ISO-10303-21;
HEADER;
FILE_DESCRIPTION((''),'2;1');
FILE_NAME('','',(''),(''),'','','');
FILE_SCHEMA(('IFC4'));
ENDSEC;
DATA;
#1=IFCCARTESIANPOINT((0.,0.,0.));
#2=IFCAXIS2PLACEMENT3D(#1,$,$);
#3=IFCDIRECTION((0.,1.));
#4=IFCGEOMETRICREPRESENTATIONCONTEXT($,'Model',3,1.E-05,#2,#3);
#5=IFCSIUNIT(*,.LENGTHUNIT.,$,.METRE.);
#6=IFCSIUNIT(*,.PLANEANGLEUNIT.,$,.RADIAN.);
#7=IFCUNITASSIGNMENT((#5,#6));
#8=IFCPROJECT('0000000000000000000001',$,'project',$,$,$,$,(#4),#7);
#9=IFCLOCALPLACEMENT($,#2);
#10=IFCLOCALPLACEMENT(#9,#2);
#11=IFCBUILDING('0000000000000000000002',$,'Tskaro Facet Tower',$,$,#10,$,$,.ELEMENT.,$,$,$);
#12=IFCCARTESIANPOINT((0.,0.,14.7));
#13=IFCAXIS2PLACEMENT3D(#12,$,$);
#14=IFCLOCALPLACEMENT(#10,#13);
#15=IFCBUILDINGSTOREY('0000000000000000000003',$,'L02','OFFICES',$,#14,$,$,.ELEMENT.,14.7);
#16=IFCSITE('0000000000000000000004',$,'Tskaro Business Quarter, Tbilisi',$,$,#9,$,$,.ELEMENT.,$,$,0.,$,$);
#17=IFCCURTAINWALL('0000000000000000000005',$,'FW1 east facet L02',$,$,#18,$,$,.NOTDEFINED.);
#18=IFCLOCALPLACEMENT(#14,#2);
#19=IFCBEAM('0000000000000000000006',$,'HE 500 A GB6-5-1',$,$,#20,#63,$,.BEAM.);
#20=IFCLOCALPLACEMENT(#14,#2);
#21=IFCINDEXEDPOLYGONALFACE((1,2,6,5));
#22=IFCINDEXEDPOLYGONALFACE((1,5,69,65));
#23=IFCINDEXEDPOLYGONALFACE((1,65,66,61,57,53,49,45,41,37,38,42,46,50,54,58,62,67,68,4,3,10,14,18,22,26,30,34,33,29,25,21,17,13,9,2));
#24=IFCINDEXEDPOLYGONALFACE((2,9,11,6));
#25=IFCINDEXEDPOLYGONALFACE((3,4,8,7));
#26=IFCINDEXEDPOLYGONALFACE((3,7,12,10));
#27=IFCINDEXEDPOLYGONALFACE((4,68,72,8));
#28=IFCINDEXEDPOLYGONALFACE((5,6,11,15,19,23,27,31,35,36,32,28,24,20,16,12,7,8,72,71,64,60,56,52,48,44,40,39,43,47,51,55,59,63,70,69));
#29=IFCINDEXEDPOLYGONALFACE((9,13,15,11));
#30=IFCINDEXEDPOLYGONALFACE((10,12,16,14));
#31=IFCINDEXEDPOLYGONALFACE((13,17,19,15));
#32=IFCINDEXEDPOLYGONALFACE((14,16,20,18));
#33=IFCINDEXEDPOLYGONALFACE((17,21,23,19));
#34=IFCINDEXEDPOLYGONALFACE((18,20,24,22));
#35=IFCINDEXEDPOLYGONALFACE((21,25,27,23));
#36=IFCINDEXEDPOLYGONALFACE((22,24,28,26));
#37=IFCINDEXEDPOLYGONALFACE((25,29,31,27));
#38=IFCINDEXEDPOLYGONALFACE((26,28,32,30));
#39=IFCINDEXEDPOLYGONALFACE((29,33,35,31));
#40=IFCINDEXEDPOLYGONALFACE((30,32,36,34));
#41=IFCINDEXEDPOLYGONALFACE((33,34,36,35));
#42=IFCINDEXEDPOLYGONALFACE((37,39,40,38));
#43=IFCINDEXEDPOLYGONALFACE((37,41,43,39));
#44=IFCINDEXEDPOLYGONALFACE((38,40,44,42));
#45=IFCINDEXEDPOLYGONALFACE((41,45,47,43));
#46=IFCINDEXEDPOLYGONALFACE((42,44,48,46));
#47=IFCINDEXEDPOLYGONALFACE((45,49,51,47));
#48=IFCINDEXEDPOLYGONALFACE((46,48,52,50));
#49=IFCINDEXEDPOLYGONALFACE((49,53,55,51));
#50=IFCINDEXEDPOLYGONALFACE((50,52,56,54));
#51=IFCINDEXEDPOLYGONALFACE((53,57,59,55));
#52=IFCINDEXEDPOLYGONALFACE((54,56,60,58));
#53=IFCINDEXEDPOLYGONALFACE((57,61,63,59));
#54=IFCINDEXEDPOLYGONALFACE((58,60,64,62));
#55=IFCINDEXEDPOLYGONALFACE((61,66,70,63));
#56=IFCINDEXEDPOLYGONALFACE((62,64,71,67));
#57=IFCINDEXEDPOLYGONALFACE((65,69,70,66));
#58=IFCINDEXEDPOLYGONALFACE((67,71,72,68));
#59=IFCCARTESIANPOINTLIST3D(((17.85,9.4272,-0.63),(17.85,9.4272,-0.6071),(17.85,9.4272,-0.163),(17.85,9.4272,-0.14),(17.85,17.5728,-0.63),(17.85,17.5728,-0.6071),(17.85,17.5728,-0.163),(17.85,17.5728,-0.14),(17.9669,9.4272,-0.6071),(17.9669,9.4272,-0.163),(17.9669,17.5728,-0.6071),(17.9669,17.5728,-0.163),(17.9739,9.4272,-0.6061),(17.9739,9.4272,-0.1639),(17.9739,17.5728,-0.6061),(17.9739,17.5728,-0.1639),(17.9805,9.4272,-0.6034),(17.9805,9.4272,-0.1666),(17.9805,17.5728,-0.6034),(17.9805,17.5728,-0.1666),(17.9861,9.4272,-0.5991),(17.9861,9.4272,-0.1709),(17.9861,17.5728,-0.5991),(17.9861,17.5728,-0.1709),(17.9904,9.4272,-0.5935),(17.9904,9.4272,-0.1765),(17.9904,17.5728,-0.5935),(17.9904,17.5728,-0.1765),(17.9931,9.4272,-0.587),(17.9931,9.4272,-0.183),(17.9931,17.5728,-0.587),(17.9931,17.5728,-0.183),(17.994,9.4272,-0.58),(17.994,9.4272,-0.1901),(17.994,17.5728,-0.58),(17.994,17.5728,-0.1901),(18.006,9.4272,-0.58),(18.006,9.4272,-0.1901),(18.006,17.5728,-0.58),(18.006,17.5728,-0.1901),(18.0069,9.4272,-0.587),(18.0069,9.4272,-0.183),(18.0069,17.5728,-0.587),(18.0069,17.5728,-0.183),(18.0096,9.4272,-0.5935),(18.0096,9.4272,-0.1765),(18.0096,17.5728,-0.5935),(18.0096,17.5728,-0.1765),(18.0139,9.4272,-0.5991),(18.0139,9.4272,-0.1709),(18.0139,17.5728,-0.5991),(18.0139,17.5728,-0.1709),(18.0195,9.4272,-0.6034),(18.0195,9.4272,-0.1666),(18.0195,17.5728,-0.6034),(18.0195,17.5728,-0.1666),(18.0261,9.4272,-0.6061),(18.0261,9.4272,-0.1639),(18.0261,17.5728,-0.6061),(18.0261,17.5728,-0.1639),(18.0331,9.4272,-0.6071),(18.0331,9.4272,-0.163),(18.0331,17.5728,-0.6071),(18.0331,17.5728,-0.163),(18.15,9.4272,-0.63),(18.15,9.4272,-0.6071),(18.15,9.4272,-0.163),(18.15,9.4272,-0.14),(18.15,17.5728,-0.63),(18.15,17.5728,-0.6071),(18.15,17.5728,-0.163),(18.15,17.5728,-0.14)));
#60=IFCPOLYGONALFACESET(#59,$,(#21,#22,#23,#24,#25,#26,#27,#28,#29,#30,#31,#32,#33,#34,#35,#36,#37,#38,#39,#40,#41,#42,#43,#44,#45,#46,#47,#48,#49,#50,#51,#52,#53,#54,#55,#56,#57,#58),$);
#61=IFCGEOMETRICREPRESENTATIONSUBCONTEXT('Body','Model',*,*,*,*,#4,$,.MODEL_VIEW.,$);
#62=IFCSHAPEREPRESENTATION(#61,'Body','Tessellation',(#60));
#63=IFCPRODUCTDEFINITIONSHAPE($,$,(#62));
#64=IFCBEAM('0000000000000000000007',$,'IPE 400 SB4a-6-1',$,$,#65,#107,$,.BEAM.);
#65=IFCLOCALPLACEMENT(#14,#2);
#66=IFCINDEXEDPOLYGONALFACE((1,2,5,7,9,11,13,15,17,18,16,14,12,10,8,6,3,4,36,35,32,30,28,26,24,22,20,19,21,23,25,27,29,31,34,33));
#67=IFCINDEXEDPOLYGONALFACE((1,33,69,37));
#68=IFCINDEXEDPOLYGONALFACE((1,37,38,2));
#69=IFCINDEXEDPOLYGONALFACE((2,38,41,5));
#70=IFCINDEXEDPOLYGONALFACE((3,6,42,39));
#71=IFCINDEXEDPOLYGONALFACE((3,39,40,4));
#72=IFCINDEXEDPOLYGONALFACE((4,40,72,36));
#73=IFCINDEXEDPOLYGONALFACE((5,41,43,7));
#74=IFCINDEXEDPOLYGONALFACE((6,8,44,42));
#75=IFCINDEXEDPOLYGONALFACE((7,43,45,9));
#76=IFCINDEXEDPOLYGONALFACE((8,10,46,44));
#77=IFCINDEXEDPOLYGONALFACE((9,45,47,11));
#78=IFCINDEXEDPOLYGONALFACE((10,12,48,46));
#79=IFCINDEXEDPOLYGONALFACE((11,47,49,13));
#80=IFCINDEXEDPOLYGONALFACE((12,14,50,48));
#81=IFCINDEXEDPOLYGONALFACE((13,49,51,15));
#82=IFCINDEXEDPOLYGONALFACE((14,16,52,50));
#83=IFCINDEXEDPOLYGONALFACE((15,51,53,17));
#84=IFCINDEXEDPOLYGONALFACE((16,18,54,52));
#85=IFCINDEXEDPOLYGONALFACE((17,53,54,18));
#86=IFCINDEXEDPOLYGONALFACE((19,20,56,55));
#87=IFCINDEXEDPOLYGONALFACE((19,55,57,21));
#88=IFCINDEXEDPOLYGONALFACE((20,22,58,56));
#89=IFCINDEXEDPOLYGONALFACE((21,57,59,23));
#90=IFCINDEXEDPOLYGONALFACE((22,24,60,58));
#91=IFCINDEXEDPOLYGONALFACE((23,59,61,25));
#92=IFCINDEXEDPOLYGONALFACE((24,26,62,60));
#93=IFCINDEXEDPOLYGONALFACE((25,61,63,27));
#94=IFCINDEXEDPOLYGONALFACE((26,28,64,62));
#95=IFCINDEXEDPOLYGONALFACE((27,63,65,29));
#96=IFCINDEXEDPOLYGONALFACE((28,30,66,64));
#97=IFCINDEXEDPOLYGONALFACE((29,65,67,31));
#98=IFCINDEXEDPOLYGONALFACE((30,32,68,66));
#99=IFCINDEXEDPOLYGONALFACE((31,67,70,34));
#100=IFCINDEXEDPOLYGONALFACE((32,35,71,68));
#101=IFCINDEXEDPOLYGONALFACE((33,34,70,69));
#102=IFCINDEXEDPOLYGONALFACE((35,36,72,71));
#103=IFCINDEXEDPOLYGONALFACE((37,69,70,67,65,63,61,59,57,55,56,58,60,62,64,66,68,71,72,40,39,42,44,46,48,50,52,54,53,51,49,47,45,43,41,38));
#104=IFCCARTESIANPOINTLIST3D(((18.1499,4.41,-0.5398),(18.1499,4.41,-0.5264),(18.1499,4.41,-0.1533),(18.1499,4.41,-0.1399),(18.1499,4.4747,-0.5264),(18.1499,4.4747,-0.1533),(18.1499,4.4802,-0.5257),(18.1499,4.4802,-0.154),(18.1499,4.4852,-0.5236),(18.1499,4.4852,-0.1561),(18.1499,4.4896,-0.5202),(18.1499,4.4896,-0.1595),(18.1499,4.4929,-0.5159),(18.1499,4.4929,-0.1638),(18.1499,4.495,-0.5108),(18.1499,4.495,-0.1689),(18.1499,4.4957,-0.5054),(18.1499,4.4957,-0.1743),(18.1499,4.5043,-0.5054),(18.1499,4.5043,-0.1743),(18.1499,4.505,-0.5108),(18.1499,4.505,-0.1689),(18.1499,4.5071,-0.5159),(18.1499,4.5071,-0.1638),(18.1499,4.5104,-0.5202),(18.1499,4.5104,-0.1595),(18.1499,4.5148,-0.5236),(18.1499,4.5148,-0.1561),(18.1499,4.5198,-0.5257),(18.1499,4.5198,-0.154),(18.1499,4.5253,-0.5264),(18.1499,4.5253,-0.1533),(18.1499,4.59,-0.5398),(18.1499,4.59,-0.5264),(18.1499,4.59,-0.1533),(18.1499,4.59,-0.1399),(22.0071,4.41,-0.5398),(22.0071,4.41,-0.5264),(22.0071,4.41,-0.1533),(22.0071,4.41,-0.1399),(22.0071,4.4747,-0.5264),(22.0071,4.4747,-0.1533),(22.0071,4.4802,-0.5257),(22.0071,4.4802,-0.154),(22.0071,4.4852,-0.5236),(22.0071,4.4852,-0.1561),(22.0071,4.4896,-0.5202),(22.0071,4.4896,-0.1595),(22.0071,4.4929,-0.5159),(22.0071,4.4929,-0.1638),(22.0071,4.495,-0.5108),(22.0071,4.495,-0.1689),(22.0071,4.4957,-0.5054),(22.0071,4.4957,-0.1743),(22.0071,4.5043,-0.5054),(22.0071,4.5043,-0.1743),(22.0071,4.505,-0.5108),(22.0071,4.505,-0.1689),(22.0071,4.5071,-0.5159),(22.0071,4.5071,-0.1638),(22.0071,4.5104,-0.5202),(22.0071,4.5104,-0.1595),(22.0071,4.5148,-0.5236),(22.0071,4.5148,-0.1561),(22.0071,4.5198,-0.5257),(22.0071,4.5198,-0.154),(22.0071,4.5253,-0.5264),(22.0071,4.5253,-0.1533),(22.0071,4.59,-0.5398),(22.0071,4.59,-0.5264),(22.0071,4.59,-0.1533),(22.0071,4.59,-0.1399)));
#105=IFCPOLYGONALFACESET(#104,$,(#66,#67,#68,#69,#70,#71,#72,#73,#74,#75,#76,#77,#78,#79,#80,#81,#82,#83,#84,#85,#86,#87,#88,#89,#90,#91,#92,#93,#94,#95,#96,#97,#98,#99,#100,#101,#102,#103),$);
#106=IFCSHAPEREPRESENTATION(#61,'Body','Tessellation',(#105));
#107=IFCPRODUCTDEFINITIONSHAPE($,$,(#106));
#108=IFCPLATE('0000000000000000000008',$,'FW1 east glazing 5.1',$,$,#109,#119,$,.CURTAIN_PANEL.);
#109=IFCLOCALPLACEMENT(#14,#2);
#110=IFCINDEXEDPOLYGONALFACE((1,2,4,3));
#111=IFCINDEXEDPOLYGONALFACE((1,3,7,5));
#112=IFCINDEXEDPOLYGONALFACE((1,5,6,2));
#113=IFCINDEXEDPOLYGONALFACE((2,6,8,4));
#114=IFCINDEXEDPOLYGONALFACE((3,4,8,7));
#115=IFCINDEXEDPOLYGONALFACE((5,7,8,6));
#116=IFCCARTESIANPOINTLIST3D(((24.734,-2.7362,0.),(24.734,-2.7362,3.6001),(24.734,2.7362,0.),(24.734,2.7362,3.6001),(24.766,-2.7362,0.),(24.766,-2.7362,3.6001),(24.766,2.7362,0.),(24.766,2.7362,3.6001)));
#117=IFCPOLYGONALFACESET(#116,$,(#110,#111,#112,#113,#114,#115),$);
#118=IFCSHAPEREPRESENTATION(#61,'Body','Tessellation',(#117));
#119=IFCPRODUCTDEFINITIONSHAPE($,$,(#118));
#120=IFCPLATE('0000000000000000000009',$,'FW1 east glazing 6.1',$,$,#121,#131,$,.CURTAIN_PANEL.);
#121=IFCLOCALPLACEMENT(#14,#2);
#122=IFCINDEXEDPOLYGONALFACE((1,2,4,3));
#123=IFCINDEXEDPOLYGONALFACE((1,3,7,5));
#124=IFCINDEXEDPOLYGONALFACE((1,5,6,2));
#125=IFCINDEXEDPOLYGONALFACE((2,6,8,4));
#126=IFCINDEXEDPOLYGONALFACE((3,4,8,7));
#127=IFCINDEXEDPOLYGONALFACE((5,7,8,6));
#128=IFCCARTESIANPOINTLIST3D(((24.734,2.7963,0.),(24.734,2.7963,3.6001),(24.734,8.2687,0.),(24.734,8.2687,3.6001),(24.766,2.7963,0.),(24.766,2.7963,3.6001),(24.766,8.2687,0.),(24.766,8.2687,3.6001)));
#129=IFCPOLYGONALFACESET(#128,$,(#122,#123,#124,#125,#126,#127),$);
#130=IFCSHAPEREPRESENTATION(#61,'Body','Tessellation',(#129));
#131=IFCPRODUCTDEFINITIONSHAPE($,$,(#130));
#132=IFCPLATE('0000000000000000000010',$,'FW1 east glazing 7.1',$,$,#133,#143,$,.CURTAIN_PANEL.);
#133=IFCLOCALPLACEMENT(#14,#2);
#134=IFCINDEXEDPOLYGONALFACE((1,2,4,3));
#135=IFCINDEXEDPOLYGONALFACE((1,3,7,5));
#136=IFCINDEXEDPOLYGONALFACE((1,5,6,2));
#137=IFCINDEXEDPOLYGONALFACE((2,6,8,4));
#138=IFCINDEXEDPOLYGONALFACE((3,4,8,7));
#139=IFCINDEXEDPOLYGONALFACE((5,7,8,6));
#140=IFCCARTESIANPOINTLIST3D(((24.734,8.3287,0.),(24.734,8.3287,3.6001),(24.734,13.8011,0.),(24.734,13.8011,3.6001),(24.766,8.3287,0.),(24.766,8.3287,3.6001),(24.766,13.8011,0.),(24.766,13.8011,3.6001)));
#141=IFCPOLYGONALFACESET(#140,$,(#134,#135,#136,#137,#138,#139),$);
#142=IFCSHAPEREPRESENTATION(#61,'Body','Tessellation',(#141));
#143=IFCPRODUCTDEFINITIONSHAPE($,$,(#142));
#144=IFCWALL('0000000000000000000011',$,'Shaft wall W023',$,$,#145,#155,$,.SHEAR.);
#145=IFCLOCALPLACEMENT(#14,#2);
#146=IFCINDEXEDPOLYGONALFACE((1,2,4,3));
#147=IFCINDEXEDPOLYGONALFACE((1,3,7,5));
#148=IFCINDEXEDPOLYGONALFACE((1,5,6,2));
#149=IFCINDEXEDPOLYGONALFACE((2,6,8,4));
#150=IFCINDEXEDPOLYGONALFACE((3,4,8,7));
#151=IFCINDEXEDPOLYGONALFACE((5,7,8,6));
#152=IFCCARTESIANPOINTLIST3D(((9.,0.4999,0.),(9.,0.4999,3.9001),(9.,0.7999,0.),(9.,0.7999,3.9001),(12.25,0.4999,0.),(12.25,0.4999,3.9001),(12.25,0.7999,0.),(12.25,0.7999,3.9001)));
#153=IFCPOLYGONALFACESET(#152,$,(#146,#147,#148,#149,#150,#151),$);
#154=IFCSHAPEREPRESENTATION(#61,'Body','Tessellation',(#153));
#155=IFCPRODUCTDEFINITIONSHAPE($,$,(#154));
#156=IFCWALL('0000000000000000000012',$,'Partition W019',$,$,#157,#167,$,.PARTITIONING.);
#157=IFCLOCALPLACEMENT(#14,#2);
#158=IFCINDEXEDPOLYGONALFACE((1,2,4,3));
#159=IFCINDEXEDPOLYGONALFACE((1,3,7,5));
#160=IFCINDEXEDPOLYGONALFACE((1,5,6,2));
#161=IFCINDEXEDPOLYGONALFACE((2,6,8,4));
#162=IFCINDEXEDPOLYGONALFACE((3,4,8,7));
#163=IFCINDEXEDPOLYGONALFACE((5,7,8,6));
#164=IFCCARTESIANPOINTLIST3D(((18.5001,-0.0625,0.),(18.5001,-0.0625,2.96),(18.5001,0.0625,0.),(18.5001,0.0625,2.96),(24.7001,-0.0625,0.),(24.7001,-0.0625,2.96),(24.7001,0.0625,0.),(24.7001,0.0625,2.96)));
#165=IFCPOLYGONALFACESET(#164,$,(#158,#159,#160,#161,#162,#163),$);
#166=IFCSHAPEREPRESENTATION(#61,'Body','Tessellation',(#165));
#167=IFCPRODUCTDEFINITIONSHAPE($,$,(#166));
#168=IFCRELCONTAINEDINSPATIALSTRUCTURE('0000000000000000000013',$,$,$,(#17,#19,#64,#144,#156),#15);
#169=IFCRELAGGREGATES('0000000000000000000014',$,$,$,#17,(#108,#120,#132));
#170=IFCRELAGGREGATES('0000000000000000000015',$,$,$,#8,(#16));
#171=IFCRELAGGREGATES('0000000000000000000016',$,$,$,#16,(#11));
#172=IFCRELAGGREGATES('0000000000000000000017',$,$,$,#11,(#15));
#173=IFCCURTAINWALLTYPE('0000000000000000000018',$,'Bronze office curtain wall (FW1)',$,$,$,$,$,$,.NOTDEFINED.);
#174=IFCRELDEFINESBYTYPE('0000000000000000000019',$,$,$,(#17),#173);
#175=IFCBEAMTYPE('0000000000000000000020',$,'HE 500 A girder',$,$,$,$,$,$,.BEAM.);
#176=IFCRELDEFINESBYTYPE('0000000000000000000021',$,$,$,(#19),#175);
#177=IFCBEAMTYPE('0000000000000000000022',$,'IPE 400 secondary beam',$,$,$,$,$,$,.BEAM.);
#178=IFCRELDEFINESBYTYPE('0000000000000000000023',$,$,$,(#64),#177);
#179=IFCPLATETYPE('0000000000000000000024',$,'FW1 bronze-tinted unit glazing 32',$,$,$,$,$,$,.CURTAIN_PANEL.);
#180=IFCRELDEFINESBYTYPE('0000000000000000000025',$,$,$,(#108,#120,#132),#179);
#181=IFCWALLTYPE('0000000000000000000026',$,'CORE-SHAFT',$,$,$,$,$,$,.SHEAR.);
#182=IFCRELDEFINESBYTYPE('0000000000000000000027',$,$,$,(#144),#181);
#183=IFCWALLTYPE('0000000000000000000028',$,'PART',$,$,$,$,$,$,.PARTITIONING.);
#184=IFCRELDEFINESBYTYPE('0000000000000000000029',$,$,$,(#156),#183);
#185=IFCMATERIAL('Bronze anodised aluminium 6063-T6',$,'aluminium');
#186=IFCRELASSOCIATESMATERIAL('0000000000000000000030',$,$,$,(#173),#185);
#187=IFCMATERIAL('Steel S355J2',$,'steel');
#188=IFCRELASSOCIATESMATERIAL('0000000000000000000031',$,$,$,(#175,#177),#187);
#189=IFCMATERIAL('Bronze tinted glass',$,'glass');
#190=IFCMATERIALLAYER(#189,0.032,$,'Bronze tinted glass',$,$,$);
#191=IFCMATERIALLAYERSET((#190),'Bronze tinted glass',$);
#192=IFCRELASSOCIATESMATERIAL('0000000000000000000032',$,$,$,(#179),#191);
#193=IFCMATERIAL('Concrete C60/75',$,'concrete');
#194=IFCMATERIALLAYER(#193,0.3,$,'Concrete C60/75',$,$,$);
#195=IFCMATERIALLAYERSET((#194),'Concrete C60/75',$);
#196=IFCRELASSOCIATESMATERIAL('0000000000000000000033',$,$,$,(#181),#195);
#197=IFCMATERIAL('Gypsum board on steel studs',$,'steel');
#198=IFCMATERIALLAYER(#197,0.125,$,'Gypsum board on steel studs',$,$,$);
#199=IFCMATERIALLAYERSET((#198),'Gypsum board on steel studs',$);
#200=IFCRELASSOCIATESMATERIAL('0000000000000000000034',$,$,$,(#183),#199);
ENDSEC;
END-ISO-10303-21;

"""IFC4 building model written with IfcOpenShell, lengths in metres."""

from ifc_helpers import new_model, si_unit, direction, frame, frame_2d, origin, origin_2d, place, context, subcontext, project, spatial, rectangle, i_section, extrude, material, layer, layer_set, material_profile, profile_set, type_object, element, aggregate, save


model = new_model("IFC4")

# Units and contexts
model_context = context("Model", 3, precision=1e-05, world=origin(), true_north=direction((0.0, 1.0)))
body_context = subcontext(model_context, "Body", "Model", "MODEL_VIEW")
ifc_project = project(units=[si_unit("LENGTHUNIT", "METRE"), si_unit("PLANEANGLEUNIT", "RADIAN")], contexts=[model_context])

# Site, building, storey
site_placement = place(None, origin())
site = spatial("IfcSite", under=ifc_project, at=site_placement, Name="Tskaro Business Quarter, Tbilisi", CompositionType="ELEMENT", RefElevation=0.0)
building_placement = place(site_placement, origin())
building = spatial("IfcBuilding", under=site, at=building_placement, Name="Tskaro Facet Tower", CompositionType="ELEMENT")
storey_placement = place(building_placement, frame((0.0, 0.0, 14.7)))
storey = spatial("IfcBuildingStorey", under=building, at=storey_placement, Name="L02", Description="OFFICES", CompositionType="ELEMENT", Elevation=14.7)

# Curtain wall
ifc_material_1 = material(Name="Bronze anodised aluminium 6063-T6", Category="aluminium")
curtain_wall_type = type_object("IfcCurtainWallType", Name="Bronze office curtain wall (FW1)", PredefinedType="NOTDEFINED", material=ifc_material_1)
curtain_wall_placement = place(storey_placement, origin())
curtain_wall = element("IfcCurtainWall", 1, at=curtain_wall_placement, inside=storey, type_object=curtain_wall_type, Name="FW1 east facet L02", PredefinedType="NOTDEFINED")

# Beams
ifc_material_2 = material(Name="Steel S355J2", Category="steel")
ifc_material_profile_1 = material_profile(ifc_material_2, i_section(OverallWidth=0.3, OverallDepth=0.49, WebThickness=0.012, FlangeThickness=0.0229, FilletRadius=0.0271, at=origin_2d()), Name="HE 500 A")
ifc_profile_set_1 = profile_set([ifc_material_profile_1], Name="Steel S355J2")
beam_type_1 = type_object("IfcBeamType", Name="HE 500 A girder", PredefinedType="BEAM", material=ifc_profile_set_1)
for number, where, z_axis, x_axis, name in (
    (2, (18.0, 9.4272, -0.385), (0.0, 1.0, 0.0), (-1.0, 0.0, 0.0), "HE 500 A GB6-5-1"),
):
    element("IfcBeam", number, at=place(storey_placement, frame(where, z_axis=z_axis, x_axis=x_axis)), inside=storey, type_object=beam_type_1, Name=name, PredefinedType="BEAM", context=body_context, shape_type="SweptSolid", body=[
        extrude(i_section(OverallWidth=0.3, OverallDepth=0.49, WebThickness=0.012, FlangeThickness=0.0229, FilletRadius=0.0271, at=origin_2d()), origin(), (0.0, 0.0, 1.0), 8.1455),
    ])
ifc_material_profile_2 = material_profile(ifc_material_2, i_section(OverallWidth=0.1799, OverallDepth=0.3999, WebThickness=0.0085, FlangeThickness=0.0134, FilletRadius=0.021, at=origin_2d()), Name="IPE 400")
ifc_profile_set_2 = profile_set([ifc_material_profile_2], Name="Steel S355J2")
beam_type_2 = type_object("IfcBeamType", Name="IPE 400 secondary beam", PredefinedType="BEAM", material=ifc_profile_set_2)
beam_placement = place(storey_placement, frame((18.1499, 4.5, -0.3398), z_axis=(1.0, 0.0, 0.0), x_axis=(0.0, 1.0, 0.0)))
element("IfcBeam", 3, at=beam_placement, inside=storey, type_object=beam_type_2, Name="IPE 400 SB4a-6-1", PredefinedType="BEAM", context=body_context, shape_type="SweptSolid", body=[
    extrude(i_section(OverallWidth=0.1799, OverallDepth=0.3999, WebThickness=0.0085, FlangeThickness=0.0134, FilletRadius=0.021, at=origin_2d()), origin(), (0.0, 0.0, 1.0), 3.8572),
])

# Plates
ifc_material_3 = material(Name="Bronze tinted glass", Category="glass")
ifc_layer_1 = layer(ifc_material_3, 0.032, Name="Bronze tinted glass")
ifc_layer_set_1 = layer_set([ifc_layer_1], Name="Bronze tinted glass")
plate_type = type_object("IfcPlateType", Name="FW1 bronze-tinted unit glazing 32", PredefinedType="CURTAIN_PANEL", material=ifc_layer_set_1)
plate_1_placement = place(storey_placement, frame((24.75, 0.0, 0.0), z_axis=(0.0, 0.0, 1.0), x_axis=(0.0, 1.0, 0.0)))
plate_1 = element("IfcPlate", 4, at=plate_1_placement, type_object=plate_type, Name="FW1 east glazing 5.1", PredefinedType="CURTAIN_PANEL", context=body_context, shape_type="SweptSolid", body=[
    extrude(rectangle(XDim=5.4724, YDim=0.032, at=origin_2d()), origin(), (0.0, 0.0, 1.0), 3.6001),
])
plate_2_placement = place(storey_placement, frame((24.75, 5.5325, 0.0), z_axis=(0.0, 0.0, 1.0), x_axis=(0.0, 1.0, 0.0)))
plate_2 = element("IfcPlate", 5, at=plate_2_placement, type_object=plate_type, Name="FW1 east glazing 6.1", PredefinedType="CURTAIN_PANEL", context=body_context, shape_type="SweptSolid", body=[
    extrude(rectangle(XDim=5.4724, YDim=0.032, at=origin_2d()), origin(), (0.0, 0.0, 1.0), 3.6001),
])
plate_3_placement = place(storey_placement, frame((24.75, 11.0649, 0.0), z_axis=(0.0, 0.0, 1.0), x_axis=(0.0, 1.0, 0.0)))
plate_3 = element("IfcPlate", 6, at=plate_3_placement, type_object=plate_type, Name="FW1 east glazing 7.1", PredefinedType="CURTAIN_PANEL", context=body_context, shape_type="SweptSolid", body=[
    extrude(rectangle(XDim=5.4724, YDim=0.032, at=origin_2d()), origin(), (0.0, 0.0, 1.0), 3.6001),
])
aggregate(curtain_wall, [plate_1, plate_2, plate_3])

# Walls
ifc_material_4 = material(Name="Concrete C60/75", Category="concrete")
ifc_layer_2 = layer(ifc_material_4, 0.3, Name="Concrete C60/75")
ifc_layer_set_2 = layer_set([ifc_layer_2], Name="Concrete C60/75")
wall_type_1 = type_object("IfcWallType", Name="CORE-SHAFT", PredefinedType="SHEAR", material=ifc_layer_set_2)
wall_1_placement = place(storey_placement, frame((12.25, 0.6499, 0.0), z_axis=(0.0, 0.0, 1.0), x_axis=(-1.0, 0.0, 0.0)))
element("IfcWall", 7, at=wall_1_placement, inside=storey, type_object=wall_type_1, Name="Shaft wall W023", PredefinedType="SHEAR", context=body_context, shape_type="SweptSolid", body=[
    extrude(rectangle(XDim=3.25, YDim=0.3, at=frame_2d((1.625, 0.0))), origin(), (0.0, 0.0, 1.0), 3.9001),
])
ifc_material_5 = material(Name="Gypsum board on steel studs", Category="steel")
ifc_layer_3 = layer(ifc_material_5, 0.125, Name="Gypsum board on steel studs")
ifc_layer_set_3 = layer_set([ifc_layer_3], Name="Gypsum board on steel studs")
wall_type_2 = type_object("IfcWallType", Name="PART", PredefinedType="PARTITIONING", material=ifc_layer_set_3)
wall_2_placement = place(storey_placement, frame((18.5, 0.0, 0.0), z_axis=(0.0, 0.0, 1.0), x_axis=(1.0, 0.0, 0.0)))
element("IfcWall", 8, at=wall_2_placement, inside=storey, type_object=wall_type_2, Name="Partition W019", PredefinedType="PARTITIONING", context=body_context, shape_type="SweptSolid", body=[
    extrude(rectangle(XDim=6.2, YDim=0.125, at=frame_2d((3.1001, 0.0))), origin(), (0.0, 0.0, 1.0), 2.96),
])

save(model, "model.ifc")
